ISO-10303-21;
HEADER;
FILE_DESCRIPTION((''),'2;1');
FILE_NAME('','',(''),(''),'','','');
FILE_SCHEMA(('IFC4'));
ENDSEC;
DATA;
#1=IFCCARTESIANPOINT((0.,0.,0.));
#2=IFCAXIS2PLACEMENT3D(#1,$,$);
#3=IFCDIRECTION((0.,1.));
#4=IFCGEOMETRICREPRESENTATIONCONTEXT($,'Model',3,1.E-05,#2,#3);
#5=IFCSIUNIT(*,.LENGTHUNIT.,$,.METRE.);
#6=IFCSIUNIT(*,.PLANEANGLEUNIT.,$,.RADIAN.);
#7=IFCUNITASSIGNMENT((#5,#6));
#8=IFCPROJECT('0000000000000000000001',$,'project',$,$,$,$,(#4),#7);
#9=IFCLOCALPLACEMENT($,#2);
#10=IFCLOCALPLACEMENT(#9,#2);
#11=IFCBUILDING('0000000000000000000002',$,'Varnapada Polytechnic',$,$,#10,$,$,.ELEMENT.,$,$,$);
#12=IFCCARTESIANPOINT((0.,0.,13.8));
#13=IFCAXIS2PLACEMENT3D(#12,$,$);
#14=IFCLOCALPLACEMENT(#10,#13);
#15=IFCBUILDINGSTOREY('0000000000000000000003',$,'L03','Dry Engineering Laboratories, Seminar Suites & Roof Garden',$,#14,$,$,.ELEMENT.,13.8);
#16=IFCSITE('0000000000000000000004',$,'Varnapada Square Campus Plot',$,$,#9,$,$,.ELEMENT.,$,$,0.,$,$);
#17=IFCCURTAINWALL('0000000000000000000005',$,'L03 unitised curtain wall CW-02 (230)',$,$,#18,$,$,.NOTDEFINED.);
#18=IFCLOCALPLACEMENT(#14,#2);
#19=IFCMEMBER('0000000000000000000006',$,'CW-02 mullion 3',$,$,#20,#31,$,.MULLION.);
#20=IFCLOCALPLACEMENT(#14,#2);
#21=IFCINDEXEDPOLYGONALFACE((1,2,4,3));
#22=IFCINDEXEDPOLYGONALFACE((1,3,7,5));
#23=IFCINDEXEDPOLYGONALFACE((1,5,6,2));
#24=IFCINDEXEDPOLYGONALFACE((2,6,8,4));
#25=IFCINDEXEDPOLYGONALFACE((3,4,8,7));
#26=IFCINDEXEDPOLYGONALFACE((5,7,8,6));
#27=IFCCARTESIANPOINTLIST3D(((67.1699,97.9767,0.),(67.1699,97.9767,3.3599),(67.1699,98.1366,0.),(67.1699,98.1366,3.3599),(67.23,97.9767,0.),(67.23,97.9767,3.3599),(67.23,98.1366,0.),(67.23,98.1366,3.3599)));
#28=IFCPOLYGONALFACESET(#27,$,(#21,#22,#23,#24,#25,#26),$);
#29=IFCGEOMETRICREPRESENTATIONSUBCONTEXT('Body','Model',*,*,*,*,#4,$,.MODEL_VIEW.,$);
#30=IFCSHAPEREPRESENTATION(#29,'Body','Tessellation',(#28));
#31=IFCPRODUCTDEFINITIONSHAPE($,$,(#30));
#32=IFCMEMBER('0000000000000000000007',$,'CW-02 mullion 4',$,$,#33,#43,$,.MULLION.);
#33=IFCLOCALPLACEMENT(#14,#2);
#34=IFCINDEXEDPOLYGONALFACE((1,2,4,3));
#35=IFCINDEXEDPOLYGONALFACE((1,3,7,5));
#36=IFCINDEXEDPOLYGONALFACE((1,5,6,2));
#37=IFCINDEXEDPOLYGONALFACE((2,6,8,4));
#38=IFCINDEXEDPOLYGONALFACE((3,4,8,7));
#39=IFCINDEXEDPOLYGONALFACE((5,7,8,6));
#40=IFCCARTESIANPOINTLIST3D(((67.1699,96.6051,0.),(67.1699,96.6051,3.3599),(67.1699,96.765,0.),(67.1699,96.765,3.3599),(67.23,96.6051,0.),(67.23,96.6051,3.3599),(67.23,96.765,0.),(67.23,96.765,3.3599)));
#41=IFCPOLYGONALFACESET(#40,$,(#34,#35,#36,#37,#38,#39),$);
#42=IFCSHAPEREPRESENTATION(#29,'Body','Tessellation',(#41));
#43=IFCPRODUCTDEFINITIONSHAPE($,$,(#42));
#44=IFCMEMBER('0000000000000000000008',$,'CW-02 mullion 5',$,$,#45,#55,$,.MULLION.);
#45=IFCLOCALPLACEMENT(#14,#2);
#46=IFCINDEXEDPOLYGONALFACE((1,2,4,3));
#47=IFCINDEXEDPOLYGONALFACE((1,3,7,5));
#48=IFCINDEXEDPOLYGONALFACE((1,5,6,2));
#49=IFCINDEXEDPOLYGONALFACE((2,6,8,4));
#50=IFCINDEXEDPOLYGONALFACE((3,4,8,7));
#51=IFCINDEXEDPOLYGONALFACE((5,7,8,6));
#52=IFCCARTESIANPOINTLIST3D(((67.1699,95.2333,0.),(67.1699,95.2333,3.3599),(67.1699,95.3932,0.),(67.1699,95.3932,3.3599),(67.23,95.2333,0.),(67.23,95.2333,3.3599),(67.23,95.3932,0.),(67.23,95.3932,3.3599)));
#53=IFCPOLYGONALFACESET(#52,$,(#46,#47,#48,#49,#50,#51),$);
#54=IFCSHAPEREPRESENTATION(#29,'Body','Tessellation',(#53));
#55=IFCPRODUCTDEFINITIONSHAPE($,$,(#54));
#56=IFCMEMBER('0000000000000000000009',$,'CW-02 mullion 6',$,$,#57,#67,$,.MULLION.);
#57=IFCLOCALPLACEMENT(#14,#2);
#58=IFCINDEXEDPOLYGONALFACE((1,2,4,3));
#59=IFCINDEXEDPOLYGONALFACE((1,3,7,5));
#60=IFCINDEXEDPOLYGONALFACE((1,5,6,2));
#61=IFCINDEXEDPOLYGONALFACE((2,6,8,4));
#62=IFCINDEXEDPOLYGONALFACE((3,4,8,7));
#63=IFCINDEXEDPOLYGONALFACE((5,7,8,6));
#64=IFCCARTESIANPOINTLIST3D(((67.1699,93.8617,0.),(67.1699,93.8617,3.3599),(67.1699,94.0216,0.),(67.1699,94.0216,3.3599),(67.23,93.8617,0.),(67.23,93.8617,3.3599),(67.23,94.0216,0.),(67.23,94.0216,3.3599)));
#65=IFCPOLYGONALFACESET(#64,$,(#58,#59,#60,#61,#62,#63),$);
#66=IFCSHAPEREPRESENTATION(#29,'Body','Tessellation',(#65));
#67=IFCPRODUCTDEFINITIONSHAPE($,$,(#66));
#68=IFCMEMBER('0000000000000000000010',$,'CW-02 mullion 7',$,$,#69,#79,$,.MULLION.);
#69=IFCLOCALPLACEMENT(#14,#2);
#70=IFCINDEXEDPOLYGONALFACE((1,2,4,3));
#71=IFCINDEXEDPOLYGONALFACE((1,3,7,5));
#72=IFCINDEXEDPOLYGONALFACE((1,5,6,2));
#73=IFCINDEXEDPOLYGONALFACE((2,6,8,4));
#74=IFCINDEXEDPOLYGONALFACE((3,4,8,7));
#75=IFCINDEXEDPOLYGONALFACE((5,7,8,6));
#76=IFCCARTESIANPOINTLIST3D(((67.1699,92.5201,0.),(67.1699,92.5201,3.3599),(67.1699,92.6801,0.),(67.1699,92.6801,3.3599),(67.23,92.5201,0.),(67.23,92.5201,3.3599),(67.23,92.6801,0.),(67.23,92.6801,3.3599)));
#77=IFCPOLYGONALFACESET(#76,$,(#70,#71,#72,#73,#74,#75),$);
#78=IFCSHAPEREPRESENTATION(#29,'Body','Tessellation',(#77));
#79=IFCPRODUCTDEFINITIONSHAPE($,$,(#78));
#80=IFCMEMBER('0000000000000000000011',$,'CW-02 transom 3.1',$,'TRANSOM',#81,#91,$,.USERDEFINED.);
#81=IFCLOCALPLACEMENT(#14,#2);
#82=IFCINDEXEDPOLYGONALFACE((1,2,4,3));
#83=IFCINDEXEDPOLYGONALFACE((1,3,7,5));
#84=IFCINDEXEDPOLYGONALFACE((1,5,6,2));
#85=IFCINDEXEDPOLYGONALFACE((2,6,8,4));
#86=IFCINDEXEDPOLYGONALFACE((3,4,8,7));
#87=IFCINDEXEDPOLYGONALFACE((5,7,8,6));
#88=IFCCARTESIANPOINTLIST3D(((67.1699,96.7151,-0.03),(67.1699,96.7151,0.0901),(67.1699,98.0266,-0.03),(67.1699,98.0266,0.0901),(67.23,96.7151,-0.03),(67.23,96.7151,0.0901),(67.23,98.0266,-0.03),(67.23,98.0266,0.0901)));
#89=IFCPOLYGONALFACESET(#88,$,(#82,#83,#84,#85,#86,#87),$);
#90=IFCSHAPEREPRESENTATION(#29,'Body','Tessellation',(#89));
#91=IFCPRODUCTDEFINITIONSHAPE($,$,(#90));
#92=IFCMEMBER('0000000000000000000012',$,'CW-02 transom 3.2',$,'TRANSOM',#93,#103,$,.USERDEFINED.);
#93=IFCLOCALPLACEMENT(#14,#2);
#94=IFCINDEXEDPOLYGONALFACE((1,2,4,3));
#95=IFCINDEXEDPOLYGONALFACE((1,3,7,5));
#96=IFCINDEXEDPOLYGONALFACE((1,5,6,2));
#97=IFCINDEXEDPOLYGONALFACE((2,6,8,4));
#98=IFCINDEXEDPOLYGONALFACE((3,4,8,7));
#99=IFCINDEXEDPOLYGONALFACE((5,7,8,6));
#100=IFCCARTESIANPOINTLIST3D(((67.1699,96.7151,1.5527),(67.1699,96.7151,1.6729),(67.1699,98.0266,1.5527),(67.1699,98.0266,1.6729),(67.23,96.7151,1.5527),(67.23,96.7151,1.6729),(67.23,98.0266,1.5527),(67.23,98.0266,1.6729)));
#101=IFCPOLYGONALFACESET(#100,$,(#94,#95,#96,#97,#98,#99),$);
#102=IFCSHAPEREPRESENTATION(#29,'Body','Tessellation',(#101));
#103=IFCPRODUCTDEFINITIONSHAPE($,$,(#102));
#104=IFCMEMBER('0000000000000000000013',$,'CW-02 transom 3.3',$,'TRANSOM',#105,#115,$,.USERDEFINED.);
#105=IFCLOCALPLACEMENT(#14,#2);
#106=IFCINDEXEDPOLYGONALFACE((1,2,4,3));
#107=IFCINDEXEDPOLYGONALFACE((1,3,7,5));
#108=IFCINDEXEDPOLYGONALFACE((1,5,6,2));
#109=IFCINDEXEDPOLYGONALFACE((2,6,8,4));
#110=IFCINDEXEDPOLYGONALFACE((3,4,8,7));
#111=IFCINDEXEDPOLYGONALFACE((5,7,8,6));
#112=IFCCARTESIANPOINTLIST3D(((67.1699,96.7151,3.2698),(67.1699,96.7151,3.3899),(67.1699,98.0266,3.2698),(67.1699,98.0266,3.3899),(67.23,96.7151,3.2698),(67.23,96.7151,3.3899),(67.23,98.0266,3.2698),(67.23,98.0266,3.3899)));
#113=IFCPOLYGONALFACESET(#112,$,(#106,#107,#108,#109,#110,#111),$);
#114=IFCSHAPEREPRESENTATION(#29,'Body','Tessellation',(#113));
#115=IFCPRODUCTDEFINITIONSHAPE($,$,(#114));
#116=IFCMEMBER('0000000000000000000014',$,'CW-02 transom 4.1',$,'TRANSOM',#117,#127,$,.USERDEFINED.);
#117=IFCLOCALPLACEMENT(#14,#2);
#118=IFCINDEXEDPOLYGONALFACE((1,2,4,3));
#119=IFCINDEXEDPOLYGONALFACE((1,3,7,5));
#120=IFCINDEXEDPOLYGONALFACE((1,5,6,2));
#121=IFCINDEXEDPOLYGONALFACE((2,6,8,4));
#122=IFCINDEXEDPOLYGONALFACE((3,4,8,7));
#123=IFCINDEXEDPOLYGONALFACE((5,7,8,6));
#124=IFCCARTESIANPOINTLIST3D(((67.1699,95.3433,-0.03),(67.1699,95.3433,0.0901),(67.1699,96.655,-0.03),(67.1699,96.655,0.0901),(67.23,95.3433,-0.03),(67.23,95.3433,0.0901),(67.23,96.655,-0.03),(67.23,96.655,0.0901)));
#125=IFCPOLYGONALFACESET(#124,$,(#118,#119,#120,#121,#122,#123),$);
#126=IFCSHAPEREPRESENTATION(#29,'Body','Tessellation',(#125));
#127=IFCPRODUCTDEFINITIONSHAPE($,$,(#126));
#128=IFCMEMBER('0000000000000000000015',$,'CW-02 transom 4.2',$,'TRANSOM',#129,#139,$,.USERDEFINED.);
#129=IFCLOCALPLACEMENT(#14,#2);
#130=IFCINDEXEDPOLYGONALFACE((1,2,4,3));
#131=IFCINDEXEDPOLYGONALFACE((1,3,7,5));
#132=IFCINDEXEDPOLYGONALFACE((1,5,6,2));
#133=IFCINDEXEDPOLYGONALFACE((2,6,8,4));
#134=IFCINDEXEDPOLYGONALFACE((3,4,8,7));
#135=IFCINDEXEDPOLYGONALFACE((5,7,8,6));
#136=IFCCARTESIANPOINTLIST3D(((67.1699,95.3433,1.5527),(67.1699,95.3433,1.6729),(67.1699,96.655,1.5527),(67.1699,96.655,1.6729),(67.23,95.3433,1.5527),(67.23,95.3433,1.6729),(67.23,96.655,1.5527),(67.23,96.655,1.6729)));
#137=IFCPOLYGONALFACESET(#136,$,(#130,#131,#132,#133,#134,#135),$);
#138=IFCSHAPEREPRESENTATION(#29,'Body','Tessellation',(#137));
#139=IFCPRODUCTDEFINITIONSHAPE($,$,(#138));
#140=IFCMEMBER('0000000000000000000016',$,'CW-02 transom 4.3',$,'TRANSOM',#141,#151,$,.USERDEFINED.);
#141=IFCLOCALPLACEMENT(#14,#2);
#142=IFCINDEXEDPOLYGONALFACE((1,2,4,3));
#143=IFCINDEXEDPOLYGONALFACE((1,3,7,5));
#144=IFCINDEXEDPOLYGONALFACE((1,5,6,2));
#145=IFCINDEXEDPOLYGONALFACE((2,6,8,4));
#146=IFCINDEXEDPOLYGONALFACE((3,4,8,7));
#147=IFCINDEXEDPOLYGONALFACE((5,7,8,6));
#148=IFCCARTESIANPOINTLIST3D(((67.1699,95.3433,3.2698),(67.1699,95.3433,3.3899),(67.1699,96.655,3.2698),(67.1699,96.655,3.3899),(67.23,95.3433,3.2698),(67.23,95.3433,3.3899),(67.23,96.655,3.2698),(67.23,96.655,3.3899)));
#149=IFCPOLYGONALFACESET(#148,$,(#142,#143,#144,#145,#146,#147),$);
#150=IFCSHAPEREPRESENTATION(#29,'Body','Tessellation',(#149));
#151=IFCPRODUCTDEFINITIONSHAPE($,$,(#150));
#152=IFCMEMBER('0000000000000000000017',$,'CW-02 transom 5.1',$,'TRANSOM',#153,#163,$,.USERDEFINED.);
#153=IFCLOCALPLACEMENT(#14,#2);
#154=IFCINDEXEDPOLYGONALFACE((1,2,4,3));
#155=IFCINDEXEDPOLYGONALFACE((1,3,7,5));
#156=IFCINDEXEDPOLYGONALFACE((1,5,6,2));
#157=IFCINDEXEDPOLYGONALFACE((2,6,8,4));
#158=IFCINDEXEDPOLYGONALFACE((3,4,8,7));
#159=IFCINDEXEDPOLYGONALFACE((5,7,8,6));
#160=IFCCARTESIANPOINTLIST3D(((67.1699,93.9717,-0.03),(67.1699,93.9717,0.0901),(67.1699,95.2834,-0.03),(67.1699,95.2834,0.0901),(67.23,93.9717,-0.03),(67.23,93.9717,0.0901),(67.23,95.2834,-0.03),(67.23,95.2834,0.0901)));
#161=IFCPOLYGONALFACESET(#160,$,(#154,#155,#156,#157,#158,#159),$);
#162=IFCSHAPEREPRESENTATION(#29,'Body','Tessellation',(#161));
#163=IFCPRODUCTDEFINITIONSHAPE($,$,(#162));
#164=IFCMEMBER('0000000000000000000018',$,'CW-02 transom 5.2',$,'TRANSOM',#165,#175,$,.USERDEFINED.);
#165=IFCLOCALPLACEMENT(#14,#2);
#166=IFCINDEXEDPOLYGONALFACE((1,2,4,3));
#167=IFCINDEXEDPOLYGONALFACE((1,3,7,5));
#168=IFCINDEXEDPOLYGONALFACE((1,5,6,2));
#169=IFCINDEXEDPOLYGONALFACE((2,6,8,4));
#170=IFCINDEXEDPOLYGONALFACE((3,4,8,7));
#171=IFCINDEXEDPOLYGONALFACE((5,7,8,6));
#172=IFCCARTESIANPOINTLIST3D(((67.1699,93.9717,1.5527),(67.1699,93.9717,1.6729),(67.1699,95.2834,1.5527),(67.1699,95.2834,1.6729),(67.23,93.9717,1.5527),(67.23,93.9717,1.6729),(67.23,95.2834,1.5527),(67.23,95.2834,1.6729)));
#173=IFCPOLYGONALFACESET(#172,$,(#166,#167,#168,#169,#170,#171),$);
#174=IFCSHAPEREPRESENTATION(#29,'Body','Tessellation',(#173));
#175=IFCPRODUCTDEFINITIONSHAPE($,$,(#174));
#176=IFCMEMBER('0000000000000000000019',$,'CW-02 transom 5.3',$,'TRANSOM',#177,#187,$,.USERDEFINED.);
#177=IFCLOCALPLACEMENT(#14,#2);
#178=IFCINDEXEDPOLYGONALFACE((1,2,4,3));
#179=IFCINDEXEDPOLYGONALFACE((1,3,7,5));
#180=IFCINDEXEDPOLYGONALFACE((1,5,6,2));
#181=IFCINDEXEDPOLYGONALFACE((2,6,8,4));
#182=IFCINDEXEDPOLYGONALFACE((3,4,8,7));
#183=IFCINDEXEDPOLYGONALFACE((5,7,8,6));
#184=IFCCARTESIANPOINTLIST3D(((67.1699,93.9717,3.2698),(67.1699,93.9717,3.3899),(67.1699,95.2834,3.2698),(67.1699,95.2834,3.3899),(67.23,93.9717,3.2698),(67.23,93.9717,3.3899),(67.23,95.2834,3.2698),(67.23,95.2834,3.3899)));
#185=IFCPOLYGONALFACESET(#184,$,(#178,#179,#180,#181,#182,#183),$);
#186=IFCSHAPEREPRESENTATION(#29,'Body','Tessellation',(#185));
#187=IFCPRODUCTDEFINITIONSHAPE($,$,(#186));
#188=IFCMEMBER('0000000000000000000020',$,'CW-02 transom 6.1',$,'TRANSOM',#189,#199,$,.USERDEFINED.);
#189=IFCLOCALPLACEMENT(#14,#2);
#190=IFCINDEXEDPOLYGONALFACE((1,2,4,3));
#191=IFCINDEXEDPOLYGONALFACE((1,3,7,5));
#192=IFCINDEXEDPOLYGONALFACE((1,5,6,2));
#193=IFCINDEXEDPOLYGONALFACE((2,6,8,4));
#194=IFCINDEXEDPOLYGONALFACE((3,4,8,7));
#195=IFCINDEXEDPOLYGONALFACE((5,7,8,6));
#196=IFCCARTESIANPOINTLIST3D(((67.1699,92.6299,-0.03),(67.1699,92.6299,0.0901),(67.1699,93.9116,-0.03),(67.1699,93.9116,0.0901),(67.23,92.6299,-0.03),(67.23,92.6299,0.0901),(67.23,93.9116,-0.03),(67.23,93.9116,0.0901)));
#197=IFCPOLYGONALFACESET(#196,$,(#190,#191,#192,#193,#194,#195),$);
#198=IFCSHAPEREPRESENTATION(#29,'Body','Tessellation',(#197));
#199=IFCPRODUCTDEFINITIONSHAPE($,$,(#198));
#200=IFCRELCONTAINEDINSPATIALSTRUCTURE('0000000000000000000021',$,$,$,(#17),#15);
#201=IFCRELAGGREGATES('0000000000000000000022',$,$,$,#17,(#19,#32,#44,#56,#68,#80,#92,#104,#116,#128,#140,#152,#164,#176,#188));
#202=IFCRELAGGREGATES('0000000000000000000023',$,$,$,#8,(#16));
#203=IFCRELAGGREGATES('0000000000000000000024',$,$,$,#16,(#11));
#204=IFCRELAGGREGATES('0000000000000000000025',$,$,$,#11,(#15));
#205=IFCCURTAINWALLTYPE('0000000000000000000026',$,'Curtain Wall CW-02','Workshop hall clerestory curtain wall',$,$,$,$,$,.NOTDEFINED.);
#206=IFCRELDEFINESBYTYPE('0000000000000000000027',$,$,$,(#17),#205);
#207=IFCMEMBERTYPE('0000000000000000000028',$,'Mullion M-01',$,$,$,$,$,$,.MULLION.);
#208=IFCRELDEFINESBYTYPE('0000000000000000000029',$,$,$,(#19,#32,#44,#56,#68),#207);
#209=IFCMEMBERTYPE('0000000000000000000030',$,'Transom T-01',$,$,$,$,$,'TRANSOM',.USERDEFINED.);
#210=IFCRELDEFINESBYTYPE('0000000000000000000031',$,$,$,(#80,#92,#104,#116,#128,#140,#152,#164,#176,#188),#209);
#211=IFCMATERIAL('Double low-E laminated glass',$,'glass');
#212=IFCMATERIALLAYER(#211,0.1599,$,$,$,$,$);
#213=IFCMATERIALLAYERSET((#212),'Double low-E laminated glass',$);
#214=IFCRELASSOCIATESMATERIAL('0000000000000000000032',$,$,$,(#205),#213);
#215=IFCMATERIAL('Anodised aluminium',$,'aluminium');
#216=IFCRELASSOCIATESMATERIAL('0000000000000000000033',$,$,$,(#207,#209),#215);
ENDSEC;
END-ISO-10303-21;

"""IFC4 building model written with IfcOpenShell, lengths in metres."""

from ifc_helpers import new_model, si_unit, direction, frame, origin, origin_2d, place, context, subcontext, project, spatial, rectangle, extrude, material, layer, layer_set, material_profile, profile_set, type_object, element, aggregate, save


model = new_model("IFC4")

# Units and contexts
model_context = context("Model", 3, precision=1e-05, world=origin(), true_north=direction((0.0, 1.0)))
body_context = subcontext(model_context, "Body", "Model", "MODEL_VIEW")
ifc_project = project(units=[si_unit("LENGTHUNIT", "METRE"), si_unit("PLANEANGLEUNIT", "RADIAN")], contexts=[model_context])

# Site, building, storey
site_placement = place(None, origin())
site = spatial("IfcSite", under=ifc_project, at=site_placement, Name="Varnapada Square Campus Plot", CompositionType="ELEMENT", RefElevation=0.0)
building_placement = place(site_placement, origin())
building = spatial("IfcBuilding", under=site, at=building_placement, Name="Varnapada Polytechnic", CompositionType="ELEMENT")
storey_placement = place(building_placement, frame((0.0, 0.0, 13.8)))
storey = spatial("IfcBuildingStorey", under=building, at=storey_placement, Name="L03", Description="Dry Engineering Laboratories, Seminar Suites & Roof Garden", CompositionType="ELEMENT", Elevation=13.8)

# Curtain wall, members
ifc_material_1 = material(Name="Double low-E laminated glass", Category="glass")
ifc_layer_1 = layer(ifc_material_1, 0.1599)
ifc_layer_set_1 = layer_set([ifc_layer_1], Name="Double low-E laminated glass")
curtain_wall_type = type_object("IfcCurtainWallType", Name="Curtain Wall CW-02", Description="Workshop hall clerestory curtain wall", PredefinedType="NOTDEFINED", material=ifc_layer_set_1)
curtain_wall_placement = place(storey_placement, origin())
curtain_wall = element("IfcCurtainWall", 1, at=curtain_wall_placement, inside=storey, type_object=curtain_wall_type, Name="L03 unitised curtain wall CW-02 (230)", PredefinedType="NOTDEFINED")
ifc_material_2 = material(Name="Anodised aluminium", Category="aluminium")
ifc_material_profile_1 = material_profile(ifc_material_2, rectangle(XDim=0.0601, YDim=0.1599, at=origin_2d()), Name="ALU M60x160")
ifc_profile_set_1 = profile_set([ifc_material_profile_1], Name="Anodised aluminium")
member_type_1 = type_object("IfcMemberType", Name="Mullion M-01", PredefinedType="MULLION", material=ifc_profile_set_1)
member_1_placement = place(storey_placement, frame((67.2, 98.0566, 0.0), z_axis=(0.0, 0.0, 1.0), x_axis=(1.0, 0.0, 0.0)))
member_1 = element("IfcMember", 2, at=member_1_placement, type_object=member_type_1, Name="CW-02 mullion 3", PredefinedType="MULLION", context=body_context, shape_type="SweptSolid", body=[
    extrude(rectangle(XDim=0.0601, YDim=0.1599, at=origin_2d()), origin(), (0.0, 0.0, 1.0), 3.3599),
])
member_2_placement = place(storey_placement, frame((67.2, 96.6851, 0.0), z_axis=(0.0, 0.0, 1.0), x_axis=(1.0, 0.0, 0.0)))
member_2 = element("IfcMember", 3, at=member_2_placement, type_object=member_type_1, Name="CW-02 mullion 4", PredefinedType="MULLION", context=body_context, shape_type="SweptSolid", body=[
    extrude(rectangle(XDim=0.0601, YDim=0.1599, at=origin_2d()), origin(), (0.0, 0.0, 1.0), 3.3599),
])
member_3_placement = place(storey_placement, frame((67.2, 95.3132, 0.0), z_axis=(0.0, 0.0, 1.0), x_axis=(1.0, 0.0, 0.0)))
member_3 = element("IfcMember", 4, at=member_3_placement, type_object=member_type_1, Name="CW-02 mullion 5", PredefinedType="MULLION", context=body_context, shape_type="SweptSolid", body=[
    extrude(rectangle(XDim=0.0601, YDim=0.1599, at=origin_2d()), origin(), (0.0, 0.0, 1.0), 3.3599),
])
member_4_placement = place(storey_placement, frame((67.2, 93.9417, 0.0), z_axis=(0.0, 0.0, 1.0), x_axis=(1.0, 0.0, 0.0)))
member_4 = element("IfcMember", 5, at=member_4_placement, type_object=member_type_1, Name="CW-02 mullion 6", PredefinedType="MULLION", context=body_context, shape_type="SweptSolid", body=[
    extrude(rectangle(XDim=0.0601, YDim=0.1599, at=origin_2d()), origin(), (0.0, 0.0, 1.0), 3.3599),
])
member_5_placement = place(storey_placement, frame((67.2, 92.6001, 0.0), z_axis=(0.0, 0.0, 1.0), x_axis=(1.0, 0.0, 0.0)))
member_5 = element("IfcMember", 6, at=member_5_placement, type_object=member_type_1, Name="CW-02 mullion 7", PredefinedType="MULLION", context=body_context, shape_type="SweptSolid", body=[
    extrude(rectangle(XDim=0.0601, YDim=0.1599, at=origin_2d()), origin(), (0.0, 0.0, 1.0), 3.3599),
])
ifc_material_profile_2 = material_profile(ifc_material_2, rectangle(XDim=0.0601, YDim=0.1201, at=origin_2d()), Name="ALU T60x120")
ifc_profile_set_2 = profile_set([ifc_material_profile_2], Name="Anodised aluminium")
member_type_2 = type_object("IfcMemberType", Name="Transom T-01", ElementType="TRANSOM", PredefinedType="USERDEFINED", material=ifc_profile_set_2)
member_6_placement = place(storey_placement, frame((67.2, 98.0266, 0.03), z_axis=(0.0, -1.0, 0.0), x_axis=(1.0, 0.0, 0.0)))
member_6 = element("IfcMember", 7, at=member_6_placement, type_object=member_type_2, Name="CW-02 transom 3.1", ObjectType="TRANSOM", PredefinedType="USERDEFINED", context=body_context, shape_type="SweptSolid", body=[
    extrude(rectangle(XDim=0.0601, YDim=0.1201, at=origin_2d()), origin(), (0.0, 0.0, 1.0), 1.3115),
])
member_7_placement = place(storey_placement, frame((67.2, 98.0266, 1.6128), z_axis=(0.0, -1.0, 0.0), x_axis=(1.0, 0.0, 0.0)))
member_7 = element("IfcMember", 8, at=member_7_placement, type_object=member_type_2, Name="CW-02 transom 3.2", ObjectType="TRANSOM", PredefinedType="USERDEFINED", context=body_context, shape_type="SweptSolid", body=[
    extrude(rectangle(XDim=0.0601, YDim=0.1201, at=origin_2d()), origin(), (0.0, 0.0, 1.0), 1.3115),
])
member_8_placement = place(storey_placement, frame((67.2, 98.0266, 3.3298), z_axis=(0.0, -1.0, 0.0), x_axis=(1.0, 0.0, 0.0)))
member_8 = element("IfcMember", 9, at=member_8_placement, type_object=member_type_2, Name="CW-02 transom 3.3", ObjectType="TRANSOM", PredefinedType="USERDEFINED", context=body_context, shape_type="SweptSolid", body=[
    extrude(rectangle(XDim=0.0601, YDim=0.1201, at=origin_2d()), origin(), (0.0, 0.0, 1.0), 1.3115),
])
member_9_placement = place(storey_placement, frame((67.2, 96.655, 0.03), z_axis=(0.0, -1.0, 0.0), x_axis=(1.0, 0.0, 0.0)))
member_9 = element("IfcMember", 10, at=member_9_placement, type_object=member_type_2, Name="CW-02 transom 4.1", ObjectType="TRANSOM", PredefinedType="USERDEFINED", context=body_context, shape_type="SweptSolid", body=[
    extrude(rectangle(XDim=0.0601, YDim=0.1201, at=origin_2d()), origin(), (0.0, 0.0, 1.0), 1.3118),
])
member_10_placement = place(storey_placement, frame((67.2, 96.655, 1.6128), z_axis=(0.0, -1.0, 0.0), x_axis=(1.0, 0.0, 0.0)))
member_10 = element("IfcMember", 11, at=member_10_placement, type_object=member_type_2, Name="CW-02 transom 4.2", ObjectType="TRANSOM", PredefinedType="USERDEFINED", context=body_context, shape_type="SweptSolid", body=[
    extrude(rectangle(XDim=0.0601, YDim=0.1201, at=origin_2d()), origin(), (0.0, 0.0, 1.0), 1.3118),
])
member_11_placement = place(storey_placement, frame((67.2, 96.655, 3.3298), z_axis=(0.0, -1.0, 0.0), x_axis=(1.0, 0.0, 0.0)))
member_11 = element("IfcMember", 12, at=member_11_placement, type_object=member_type_2, Name="CW-02 transom 4.3", ObjectType="TRANSOM", PredefinedType="USERDEFINED", context=body_context, shape_type="SweptSolid", body=[
    extrude(rectangle(XDim=0.0601, YDim=0.1201, at=origin_2d()), origin(), (0.0, 0.0, 1.0), 1.3118),
])
member_12_placement = place(storey_placement, frame((67.2, 95.2834, 0.03), z_axis=(0.0, -1.0, 0.0), x_axis=(1.0, 0.0, 0.0)))
member_12 = element("IfcMember", 13, at=member_12_placement, type_object=member_type_2, Name="CW-02 transom 5.1", ObjectType="TRANSOM", PredefinedType="USERDEFINED", context=body_context, shape_type="SweptSolid", body=[
    extrude(rectangle(XDim=0.0601, YDim=0.1201, at=origin_2d()), origin(), (0.0, 0.0, 1.0), 1.3118),
])
member_13_placement = place(storey_placement, frame((67.2, 95.2834, 1.6128), z_axis=(0.0, -1.0, 0.0), x_axis=(1.0, 0.0, 0.0)))
member_13 = element("IfcMember", 14, at=member_13_placement, type_object=member_type_2, Name="CW-02 transom 5.2", ObjectType="TRANSOM", PredefinedType="USERDEFINED", context=body_context, shape_type="SweptSolid", body=[
    extrude(rectangle(XDim=0.0601, YDim=0.1201, at=origin_2d()), origin(), (0.0, 0.0, 1.0), 1.3118),
])
member_14_placement = place(storey_placement, frame((67.2, 95.2834, 3.3298), z_axis=(0.0, -1.0, 0.0), x_axis=(1.0, 0.0, 0.0)))
member_14 = element("IfcMember", 15, at=member_14_placement, type_object=member_type_2, Name="CW-02 transom 5.3", ObjectType="TRANSOM", PredefinedType="USERDEFINED", context=body_context, shape_type="SweptSolid", body=[
    extrude(rectangle(XDim=0.0601, YDim=0.1201, at=origin_2d()), origin(), (0.0, 0.0, 1.0), 1.3118),
])
member_15_placement = place(storey_placement, frame((67.2, 93.9116, 0.03), z_axis=(0.0, -1.0, 0.0), x_axis=(1.0, 0.0, 0.0)))
member_15 = element("IfcMember", 16, at=member_15_placement, type_object=member_type_2, Name="CW-02 transom 6.1", ObjectType="TRANSOM", PredefinedType="USERDEFINED", context=body_context, shape_type="SweptSolid", body=[
    extrude(rectangle(XDim=0.0601, YDim=0.1201, at=origin_2d()), origin(), (0.0, 0.0, 1.0), 1.2817),
])
aggregate(curtain_wall, [member_1, member_2, member_3, member_4, member_5, member_6, member_7, member_8, member_9, member_10, member_11, member_12, member_13, member_14, member_15])

save(model, "model.ifc")
